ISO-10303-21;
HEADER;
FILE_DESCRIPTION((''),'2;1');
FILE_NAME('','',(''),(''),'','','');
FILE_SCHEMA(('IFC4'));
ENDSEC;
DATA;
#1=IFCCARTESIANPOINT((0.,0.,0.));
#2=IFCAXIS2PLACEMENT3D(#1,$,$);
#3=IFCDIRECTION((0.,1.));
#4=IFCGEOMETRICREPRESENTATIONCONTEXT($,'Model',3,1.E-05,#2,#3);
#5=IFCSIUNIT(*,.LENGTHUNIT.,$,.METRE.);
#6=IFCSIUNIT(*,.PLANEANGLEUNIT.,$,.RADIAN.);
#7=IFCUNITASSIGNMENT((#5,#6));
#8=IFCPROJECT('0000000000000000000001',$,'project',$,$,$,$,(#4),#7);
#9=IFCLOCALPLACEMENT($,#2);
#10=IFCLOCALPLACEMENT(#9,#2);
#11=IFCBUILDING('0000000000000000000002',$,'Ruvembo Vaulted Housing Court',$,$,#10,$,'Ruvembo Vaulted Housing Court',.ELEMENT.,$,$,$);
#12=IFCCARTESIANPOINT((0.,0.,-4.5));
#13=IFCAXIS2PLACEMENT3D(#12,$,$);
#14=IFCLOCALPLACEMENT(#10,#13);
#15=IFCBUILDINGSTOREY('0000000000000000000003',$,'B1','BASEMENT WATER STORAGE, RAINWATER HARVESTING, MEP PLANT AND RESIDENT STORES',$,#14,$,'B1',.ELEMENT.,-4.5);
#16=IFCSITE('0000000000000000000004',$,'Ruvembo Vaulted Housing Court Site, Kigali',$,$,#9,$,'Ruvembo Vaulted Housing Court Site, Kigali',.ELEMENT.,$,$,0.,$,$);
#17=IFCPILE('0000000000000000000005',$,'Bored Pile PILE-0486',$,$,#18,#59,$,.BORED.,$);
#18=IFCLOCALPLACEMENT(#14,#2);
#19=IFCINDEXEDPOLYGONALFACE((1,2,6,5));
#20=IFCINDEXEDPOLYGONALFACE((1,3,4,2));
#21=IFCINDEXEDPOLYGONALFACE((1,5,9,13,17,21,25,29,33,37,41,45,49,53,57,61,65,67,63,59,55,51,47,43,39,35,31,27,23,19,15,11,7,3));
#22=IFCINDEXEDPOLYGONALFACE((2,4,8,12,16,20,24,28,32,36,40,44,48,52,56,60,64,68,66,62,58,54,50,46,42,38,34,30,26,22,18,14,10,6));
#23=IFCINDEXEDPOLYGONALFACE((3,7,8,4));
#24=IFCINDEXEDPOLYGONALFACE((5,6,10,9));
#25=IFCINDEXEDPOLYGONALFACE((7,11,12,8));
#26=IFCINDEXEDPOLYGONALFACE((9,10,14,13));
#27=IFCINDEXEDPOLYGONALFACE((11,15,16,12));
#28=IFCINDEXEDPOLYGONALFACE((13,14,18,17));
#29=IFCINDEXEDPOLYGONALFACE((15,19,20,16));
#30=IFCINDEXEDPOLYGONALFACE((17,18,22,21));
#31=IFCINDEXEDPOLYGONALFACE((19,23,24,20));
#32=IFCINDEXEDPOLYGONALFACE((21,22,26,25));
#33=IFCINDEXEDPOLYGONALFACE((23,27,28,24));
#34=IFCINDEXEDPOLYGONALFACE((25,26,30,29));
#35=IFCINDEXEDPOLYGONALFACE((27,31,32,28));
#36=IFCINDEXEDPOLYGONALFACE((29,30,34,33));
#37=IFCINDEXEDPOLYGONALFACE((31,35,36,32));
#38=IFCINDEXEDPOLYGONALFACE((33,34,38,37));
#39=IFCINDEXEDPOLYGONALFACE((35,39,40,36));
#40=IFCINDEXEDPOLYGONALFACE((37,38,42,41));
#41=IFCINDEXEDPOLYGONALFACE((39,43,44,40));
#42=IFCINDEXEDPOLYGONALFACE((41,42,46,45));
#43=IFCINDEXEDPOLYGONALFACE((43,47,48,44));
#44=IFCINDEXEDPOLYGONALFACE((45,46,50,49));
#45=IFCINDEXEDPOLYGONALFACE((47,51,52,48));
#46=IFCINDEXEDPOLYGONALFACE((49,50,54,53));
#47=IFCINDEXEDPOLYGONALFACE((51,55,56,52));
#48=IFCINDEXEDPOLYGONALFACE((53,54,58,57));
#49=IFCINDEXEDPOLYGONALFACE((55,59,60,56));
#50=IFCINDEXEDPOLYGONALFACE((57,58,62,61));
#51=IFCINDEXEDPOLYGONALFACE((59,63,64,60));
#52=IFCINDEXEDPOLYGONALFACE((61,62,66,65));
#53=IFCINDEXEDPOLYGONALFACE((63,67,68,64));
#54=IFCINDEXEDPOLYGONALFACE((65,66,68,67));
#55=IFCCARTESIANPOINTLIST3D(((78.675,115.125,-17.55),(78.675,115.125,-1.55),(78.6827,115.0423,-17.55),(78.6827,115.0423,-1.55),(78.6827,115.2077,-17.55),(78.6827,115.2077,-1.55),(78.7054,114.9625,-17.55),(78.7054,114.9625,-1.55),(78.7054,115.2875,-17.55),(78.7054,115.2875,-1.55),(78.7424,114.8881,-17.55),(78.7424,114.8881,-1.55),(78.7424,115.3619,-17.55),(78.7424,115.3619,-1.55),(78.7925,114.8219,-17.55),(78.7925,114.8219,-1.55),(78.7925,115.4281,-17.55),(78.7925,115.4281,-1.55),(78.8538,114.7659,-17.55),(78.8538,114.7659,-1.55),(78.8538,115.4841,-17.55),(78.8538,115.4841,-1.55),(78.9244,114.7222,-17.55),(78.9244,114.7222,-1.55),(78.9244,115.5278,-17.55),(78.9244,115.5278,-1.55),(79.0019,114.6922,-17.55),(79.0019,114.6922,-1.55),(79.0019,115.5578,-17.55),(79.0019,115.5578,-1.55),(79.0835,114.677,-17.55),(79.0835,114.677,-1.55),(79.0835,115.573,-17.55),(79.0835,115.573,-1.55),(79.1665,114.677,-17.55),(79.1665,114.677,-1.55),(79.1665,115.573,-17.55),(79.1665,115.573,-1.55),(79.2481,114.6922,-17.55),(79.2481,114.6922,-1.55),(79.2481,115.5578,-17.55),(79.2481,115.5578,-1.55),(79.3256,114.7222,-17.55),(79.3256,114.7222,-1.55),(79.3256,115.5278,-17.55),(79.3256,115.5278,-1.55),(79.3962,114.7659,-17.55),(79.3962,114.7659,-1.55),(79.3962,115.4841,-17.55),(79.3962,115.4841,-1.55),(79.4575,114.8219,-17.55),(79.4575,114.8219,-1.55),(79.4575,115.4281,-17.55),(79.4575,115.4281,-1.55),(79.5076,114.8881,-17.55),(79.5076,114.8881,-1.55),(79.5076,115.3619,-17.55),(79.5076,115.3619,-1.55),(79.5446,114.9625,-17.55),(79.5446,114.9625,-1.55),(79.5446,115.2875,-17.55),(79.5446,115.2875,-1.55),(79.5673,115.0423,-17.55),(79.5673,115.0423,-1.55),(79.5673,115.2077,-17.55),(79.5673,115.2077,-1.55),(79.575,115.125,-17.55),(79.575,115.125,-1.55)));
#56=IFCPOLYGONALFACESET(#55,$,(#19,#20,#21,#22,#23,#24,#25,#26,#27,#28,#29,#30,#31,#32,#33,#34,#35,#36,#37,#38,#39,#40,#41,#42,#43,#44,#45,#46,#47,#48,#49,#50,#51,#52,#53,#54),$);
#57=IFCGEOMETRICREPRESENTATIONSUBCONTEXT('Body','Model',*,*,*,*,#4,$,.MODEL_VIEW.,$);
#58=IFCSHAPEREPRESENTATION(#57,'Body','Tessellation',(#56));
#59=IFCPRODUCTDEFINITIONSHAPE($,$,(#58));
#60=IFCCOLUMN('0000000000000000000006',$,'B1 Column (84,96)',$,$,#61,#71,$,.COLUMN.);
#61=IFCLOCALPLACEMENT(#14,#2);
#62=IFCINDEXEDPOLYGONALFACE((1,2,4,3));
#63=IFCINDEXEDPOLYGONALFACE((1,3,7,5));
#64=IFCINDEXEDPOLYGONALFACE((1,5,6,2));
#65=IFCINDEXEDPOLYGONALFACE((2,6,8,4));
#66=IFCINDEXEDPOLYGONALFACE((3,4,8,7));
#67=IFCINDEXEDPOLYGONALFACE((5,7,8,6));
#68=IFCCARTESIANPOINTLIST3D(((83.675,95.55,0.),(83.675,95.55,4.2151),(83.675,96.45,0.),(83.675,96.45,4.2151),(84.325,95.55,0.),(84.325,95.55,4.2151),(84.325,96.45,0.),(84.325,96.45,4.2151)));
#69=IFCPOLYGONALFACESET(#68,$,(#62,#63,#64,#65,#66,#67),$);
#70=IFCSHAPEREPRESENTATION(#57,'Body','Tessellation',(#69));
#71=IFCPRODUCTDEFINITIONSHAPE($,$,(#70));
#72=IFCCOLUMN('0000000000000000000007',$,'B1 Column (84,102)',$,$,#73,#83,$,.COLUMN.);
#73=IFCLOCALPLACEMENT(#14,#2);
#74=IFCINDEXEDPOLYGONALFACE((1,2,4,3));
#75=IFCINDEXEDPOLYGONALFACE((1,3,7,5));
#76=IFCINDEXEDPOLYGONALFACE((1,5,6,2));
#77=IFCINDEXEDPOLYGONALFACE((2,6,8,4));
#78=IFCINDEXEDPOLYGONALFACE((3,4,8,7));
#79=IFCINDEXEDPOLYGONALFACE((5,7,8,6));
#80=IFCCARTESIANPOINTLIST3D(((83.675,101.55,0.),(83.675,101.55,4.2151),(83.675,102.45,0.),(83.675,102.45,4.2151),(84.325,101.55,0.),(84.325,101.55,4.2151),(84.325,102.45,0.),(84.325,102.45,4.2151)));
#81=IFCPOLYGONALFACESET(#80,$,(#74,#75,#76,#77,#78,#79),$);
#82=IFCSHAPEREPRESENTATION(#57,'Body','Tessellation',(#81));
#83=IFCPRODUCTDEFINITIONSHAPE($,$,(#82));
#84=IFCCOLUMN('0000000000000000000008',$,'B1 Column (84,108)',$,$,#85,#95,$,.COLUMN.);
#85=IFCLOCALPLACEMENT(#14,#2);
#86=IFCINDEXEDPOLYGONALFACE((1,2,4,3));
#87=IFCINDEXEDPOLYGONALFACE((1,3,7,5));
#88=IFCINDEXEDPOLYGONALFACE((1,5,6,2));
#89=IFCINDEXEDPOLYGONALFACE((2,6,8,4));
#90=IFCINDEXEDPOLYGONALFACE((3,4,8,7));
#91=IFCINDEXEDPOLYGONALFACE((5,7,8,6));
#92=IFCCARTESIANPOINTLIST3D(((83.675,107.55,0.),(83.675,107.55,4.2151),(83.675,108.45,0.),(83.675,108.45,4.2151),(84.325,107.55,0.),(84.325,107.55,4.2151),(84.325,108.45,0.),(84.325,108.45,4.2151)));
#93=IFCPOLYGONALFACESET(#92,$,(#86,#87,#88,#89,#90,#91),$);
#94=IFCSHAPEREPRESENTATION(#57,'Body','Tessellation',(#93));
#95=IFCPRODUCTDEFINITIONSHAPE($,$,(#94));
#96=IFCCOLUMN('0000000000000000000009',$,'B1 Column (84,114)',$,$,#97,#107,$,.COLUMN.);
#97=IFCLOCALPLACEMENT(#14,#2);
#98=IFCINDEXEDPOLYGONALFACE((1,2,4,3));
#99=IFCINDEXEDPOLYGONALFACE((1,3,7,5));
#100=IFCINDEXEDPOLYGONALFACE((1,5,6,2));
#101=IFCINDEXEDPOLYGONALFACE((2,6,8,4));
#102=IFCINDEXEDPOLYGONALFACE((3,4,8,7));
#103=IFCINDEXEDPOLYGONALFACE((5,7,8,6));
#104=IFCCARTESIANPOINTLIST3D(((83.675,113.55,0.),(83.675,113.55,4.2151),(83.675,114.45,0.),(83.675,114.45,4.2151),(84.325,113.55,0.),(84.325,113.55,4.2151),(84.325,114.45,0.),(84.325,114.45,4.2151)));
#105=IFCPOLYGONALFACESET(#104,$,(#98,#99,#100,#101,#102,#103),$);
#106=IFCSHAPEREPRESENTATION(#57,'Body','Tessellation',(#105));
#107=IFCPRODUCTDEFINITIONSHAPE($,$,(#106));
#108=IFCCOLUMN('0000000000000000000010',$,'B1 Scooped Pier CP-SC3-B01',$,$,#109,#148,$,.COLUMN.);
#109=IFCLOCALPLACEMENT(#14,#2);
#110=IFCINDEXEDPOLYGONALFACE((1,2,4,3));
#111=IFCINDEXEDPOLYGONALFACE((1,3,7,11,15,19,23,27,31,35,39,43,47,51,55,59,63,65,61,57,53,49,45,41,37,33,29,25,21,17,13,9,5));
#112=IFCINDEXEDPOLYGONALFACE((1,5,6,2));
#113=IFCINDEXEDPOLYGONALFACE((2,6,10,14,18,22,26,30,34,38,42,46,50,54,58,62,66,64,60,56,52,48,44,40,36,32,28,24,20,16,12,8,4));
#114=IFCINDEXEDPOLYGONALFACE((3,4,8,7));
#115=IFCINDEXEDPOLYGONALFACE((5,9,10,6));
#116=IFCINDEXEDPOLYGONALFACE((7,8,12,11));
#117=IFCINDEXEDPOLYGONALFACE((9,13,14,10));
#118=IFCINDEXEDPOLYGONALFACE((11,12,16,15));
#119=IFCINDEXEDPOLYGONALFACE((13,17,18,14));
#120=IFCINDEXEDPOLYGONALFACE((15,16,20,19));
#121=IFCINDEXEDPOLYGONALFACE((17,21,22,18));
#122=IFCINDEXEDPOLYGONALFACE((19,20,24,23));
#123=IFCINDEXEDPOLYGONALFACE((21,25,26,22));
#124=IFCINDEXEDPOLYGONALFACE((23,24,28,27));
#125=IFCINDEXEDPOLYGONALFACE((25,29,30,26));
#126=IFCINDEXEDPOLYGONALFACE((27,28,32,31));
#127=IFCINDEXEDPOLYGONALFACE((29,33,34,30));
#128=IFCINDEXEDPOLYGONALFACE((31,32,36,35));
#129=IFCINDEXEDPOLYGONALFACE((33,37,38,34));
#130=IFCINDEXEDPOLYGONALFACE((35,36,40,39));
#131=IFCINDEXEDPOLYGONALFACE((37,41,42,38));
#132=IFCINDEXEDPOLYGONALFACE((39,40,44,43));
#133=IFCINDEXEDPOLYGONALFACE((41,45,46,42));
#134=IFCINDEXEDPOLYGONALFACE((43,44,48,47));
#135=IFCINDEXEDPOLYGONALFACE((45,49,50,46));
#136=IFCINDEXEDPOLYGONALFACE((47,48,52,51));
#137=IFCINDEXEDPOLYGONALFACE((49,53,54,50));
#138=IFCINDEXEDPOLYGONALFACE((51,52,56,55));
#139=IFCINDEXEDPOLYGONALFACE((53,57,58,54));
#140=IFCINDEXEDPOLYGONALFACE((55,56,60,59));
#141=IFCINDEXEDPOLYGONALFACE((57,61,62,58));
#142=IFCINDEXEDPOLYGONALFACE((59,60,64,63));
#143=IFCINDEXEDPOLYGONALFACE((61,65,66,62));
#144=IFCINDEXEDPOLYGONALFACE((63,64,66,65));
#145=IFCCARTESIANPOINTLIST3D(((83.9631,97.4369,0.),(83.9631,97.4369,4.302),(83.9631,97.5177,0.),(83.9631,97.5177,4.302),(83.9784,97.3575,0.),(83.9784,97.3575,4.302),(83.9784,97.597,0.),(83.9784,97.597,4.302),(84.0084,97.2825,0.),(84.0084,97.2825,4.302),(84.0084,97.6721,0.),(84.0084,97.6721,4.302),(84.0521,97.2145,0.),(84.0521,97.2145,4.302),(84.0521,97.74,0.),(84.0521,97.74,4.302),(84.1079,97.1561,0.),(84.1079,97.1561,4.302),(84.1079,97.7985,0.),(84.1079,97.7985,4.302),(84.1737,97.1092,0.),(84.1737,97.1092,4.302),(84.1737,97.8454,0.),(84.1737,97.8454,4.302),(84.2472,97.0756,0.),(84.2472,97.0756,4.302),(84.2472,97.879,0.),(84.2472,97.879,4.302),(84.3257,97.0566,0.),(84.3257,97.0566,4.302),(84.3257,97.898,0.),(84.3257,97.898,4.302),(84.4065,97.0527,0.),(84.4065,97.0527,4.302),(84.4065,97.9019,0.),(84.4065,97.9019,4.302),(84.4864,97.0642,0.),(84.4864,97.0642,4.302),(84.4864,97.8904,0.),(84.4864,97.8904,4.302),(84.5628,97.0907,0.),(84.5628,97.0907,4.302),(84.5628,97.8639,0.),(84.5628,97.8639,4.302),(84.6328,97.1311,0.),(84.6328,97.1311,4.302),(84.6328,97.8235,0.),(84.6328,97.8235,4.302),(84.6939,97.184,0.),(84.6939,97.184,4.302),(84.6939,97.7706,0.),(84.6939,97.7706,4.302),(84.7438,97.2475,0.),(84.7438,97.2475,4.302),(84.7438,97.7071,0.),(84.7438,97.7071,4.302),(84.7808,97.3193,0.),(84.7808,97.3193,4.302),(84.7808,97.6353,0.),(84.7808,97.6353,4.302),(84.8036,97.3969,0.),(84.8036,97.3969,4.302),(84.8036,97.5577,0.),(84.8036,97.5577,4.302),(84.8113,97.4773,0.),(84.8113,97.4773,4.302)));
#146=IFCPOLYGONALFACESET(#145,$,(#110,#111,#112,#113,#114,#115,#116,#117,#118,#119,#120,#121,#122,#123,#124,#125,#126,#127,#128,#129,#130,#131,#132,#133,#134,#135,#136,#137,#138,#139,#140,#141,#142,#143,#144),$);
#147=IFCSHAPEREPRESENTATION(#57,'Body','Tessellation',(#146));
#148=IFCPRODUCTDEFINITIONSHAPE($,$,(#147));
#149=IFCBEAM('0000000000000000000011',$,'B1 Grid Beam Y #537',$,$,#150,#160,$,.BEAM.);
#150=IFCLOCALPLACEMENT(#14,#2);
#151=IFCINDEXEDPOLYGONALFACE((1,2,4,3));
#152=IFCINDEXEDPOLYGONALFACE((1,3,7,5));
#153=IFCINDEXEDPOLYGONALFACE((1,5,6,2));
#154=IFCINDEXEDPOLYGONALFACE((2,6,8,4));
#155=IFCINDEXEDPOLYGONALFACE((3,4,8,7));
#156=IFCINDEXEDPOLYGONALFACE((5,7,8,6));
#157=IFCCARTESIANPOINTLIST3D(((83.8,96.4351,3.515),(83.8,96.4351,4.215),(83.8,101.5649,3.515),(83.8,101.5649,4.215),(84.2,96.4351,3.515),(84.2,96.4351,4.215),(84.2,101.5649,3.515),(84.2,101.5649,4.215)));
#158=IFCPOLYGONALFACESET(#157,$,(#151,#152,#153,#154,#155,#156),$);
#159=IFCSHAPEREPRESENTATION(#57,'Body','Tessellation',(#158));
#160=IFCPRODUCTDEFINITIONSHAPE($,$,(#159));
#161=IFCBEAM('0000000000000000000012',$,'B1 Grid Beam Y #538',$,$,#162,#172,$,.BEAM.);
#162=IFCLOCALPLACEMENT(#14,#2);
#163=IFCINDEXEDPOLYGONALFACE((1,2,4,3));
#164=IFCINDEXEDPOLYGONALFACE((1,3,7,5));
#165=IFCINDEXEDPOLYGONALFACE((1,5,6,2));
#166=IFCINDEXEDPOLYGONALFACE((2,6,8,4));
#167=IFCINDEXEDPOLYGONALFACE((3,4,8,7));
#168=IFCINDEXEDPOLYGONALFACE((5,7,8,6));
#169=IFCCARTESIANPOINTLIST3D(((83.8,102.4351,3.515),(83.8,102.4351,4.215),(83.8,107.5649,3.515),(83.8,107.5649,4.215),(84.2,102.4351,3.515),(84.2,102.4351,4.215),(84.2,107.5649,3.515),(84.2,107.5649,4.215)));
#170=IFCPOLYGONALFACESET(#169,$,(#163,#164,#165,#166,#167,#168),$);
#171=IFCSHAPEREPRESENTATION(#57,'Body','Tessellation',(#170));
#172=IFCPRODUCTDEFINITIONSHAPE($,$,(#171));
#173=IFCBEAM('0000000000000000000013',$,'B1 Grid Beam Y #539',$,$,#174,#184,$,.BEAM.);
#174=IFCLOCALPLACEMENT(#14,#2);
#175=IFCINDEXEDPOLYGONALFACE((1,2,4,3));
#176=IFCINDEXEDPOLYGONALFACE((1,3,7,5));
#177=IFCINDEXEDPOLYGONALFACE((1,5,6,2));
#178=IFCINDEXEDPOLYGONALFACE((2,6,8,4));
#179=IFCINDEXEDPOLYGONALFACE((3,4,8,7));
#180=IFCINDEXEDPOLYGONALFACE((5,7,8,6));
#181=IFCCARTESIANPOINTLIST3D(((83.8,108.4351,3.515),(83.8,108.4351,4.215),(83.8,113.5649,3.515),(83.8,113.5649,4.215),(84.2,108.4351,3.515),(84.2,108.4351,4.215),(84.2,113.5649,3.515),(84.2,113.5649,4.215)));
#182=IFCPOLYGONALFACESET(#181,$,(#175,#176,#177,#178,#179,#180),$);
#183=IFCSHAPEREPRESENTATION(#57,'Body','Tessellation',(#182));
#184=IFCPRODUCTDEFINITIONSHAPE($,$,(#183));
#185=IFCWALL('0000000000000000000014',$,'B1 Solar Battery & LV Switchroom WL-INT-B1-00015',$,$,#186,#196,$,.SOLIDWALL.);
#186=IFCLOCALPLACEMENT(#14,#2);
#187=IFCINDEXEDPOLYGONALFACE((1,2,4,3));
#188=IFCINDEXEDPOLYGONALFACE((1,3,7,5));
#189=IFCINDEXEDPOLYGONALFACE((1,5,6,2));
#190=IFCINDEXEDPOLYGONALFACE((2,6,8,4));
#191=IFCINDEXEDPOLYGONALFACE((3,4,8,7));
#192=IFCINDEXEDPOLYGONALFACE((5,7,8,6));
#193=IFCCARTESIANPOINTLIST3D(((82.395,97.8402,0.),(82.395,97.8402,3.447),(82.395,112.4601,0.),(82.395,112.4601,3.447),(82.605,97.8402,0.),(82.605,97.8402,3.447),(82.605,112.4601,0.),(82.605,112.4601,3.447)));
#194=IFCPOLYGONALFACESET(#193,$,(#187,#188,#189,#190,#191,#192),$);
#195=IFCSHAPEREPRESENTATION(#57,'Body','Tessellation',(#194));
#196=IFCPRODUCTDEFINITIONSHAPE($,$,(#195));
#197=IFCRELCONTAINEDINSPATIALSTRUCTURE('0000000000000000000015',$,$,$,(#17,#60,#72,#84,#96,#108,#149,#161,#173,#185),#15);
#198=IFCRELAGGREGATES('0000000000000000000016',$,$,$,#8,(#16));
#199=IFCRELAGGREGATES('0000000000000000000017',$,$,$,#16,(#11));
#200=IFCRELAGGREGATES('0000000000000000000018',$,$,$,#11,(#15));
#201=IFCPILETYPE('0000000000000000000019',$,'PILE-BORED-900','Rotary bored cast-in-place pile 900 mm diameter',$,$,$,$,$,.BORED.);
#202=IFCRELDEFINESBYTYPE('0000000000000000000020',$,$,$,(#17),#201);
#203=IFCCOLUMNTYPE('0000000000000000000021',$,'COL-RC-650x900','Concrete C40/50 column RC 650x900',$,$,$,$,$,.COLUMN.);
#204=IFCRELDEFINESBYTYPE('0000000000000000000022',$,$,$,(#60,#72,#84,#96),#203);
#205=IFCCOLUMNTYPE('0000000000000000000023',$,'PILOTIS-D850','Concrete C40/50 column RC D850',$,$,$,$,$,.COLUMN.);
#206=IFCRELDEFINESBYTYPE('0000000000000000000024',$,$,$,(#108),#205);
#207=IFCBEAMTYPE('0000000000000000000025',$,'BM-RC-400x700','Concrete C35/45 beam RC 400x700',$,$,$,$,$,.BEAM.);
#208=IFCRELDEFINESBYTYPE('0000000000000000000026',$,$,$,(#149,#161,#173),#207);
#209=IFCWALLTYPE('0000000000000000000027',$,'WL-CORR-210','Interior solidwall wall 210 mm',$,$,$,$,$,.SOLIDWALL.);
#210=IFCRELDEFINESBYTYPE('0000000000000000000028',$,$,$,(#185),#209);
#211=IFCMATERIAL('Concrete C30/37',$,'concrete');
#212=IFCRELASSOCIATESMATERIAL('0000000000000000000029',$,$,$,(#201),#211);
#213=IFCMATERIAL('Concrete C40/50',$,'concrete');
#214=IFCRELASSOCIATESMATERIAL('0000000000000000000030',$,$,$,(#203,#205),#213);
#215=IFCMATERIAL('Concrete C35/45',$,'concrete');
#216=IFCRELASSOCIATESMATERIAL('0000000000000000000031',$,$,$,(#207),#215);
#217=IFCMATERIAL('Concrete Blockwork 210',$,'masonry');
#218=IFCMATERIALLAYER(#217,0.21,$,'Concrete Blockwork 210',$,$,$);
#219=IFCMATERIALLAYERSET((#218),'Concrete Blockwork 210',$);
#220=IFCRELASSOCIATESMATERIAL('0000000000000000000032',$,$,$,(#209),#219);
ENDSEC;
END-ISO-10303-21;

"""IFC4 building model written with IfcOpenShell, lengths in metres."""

from ifc_helpers import new_model, si_unit, direction, frame, frame_2d, origin, origin_2d, place, context, subcontext, project, spatial, rectangle, circle, extrude, material, layer, layer_set, material_profile, profile_set, type_object, element, save


model = new_model("IFC4")

# Units and contexts
model_context = context("Model", 3, precision=1e-05, world=origin(), true_north=direction((0.0, 1.0)))
body_context = subcontext(model_context, "Body", "Model", "MODEL_VIEW")
ifc_project = project(units=[si_unit("LENGTHUNIT", "METRE"), si_unit("PLANEANGLEUNIT", "RADIAN")], contexts=[model_context])

# Site, building, storey
site_placement = place(None, origin())
site = spatial("IfcSite", under=ifc_project, at=site_placement, Name="Ruvembo Vaulted Housing Court Site, Kigali", LongName="Ruvembo Vaulted Housing Court Site, Kigali", CompositionType="ELEMENT", RefElevation=0.0)
building_placement = place(site_placement, origin())
building = spatial("IfcBuilding", under=site, at=building_placement, Name="Ruvembo Vaulted Housing Court", LongName="Ruvembo Vaulted Housing Court", CompositionType="ELEMENT")
storey_placement = place(building_placement, frame((0.0, 0.0, -4.5)))
storey = spatial("IfcBuildingStorey", under=building, at=storey_placement, Name="B1", Description="BASEMENT WATER STORAGE, RAINWATER HARVESTING, MEP PLANT AND RESIDENT STORES", LongName="B1", CompositionType="ELEMENT", Elevation=-4.5)

# Shared definitions
ifc_material_1 = material(Name="Concrete C35/45", Category="concrete")

# Pile
ifc_material_2 = material(Name="Concrete C30/37", Category="concrete")
ifc_material_profile_1 = material_profile(ifc_material_2, circle(Radius=0.45, at=origin_2d()), Name="PILE D900")
ifc_profile_set_1 = profile_set([ifc_material_profile_1], Name="Concrete C30/37")
pile_type_1 = type_object("IfcPileType", Name="PILE-BORED-900", Description="Rotary bored cast-in-place pile 900 mm diameter", PredefinedType="BORED", material=ifc_profile_set_1)
for number, where, z_axis, x_axis, name in (
    (1, (79.125, 115.125, -1.55), (0.0, 0.0, -1.0), (1.0, 0.0, 0.0), "Bored Pile PILE-0486"),
):
    element("IfcPile", number, at=place(storey_placement, frame(where, z_axis=z_axis, x_axis=x_axis)), inside=storey, type_object=pile_type_1, Name=name, PredefinedType="BORED", context=body_context, shape_type="SweptSolid", body=[
        extrude(circle(Radius=0.45, at=origin_2d()), origin(), (0.0, 0.0, 1.0), 16.0),
    ])

# Columns
ifc_material_3 = material(Name="Concrete C40/50", Category="concrete")
ifc_material_profile_2 = material_profile(ifc_material_3, rectangle(XDim=0.6499, YDim=0.8999, at=origin_2d()), Name="RC 650x900")
ifc_profile_set_2 = profile_set([ifc_material_profile_2], Name="Concrete C40/50")
column_type_1 = type_object("IfcColumnType", Name="COL-RC-650x900", Description="Concrete C40/50 column RC 650x900", PredefinedType="COLUMN", material=ifc_profile_set_2)
for number, where, z_axis, x_axis, name in (
    (2, (84.0, 96.0, 0.0), (0.0, 0.0, 1.0), (1.0, 0.0, 0.0), "B1 Column (84,96)"),
    (3, (84.0, 102.0, 0.0), (0.0, 0.0, 1.0), (1.0, 0.0, 0.0), "B1 Column (84,102)"),
    (4, (84.0, 108.0, 0.0), (0.0, 0.0, 1.0), (1.0, 0.0, 0.0), "B1 Column (84,108)"),
    (5, (84.0, 114.0, 0.0), (0.0, 0.0, 1.0), (1.0, 0.0, 0.0), "B1 Column (84,114)"),
):
    element("IfcColumn", number, at=place(storey_placement, frame(where, z_axis=z_axis, x_axis=x_axis)), inside=storey, type_object=column_type_1, Name=name, PredefinedType="COLUMN", context=body_context, shape_type="SweptSolid", body=[
        extrude(rectangle(XDim=0.6499, YDim=0.8999, at=origin_2d()), origin(), (0.0, 0.0, 1.0), 4.2151),
    ])
ifc_material_profile_3 = material_profile(ifc_material_3, circle(Radius=0.425, at=origin_2d()), Name="RC D850")
ifc_profile_set_3 = profile_set([ifc_material_profile_3], Name="Concrete C40/50")
column_type_2 = type_object("IfcColumnType", Name="PILOTIS-D850", Description="Concrete C40/50 column RC D850", PredefinedType="COLUMN", material=ifc_profile_set_3)
column_placement = place(storey_placement, frame((84.3862, 97.4773, 0.0), z_axis=(0.0, 0.0, 1.0), x_axis=(1.0, 0.0, 0.0)))
element("IfcColumn", 6, at=column_placement, inside=storey, type_object=column_type_2, Name="B1 Scooped Pier CP-SC3-B01", PredefinedType="COLUMN", context=body_context, shape_type="SweptSolid", body=[
    extrude(circle(Radius=0.425, at=origin_2d()), origin(), (0.0, 0.0, 1.0), 4.302),
])

# Beams
ifc_material_profile_4 = material_profile(ifc_material_1, rectangle(XDim=0.3999, YDim=0.7, at=origin_2d()), Name="RC 400x700")
ifc_profile_set_4 = profile_set([ifc_material_profile_4], Name="Concrete C35/45")
beam_type = type_object("IfcBeamType", Name="BM-RC-400x700", Description="Concrete C35/45 beam RC 400x700", PredefinedType="BEAM", material=ifc_profile_set_4)
for number, where, z_axis, x_axis, name in (
    (7, (84.0, 96.4351, 3.865), (0.0, 1.0, 0.0), (-1.0, 0.0, 0.0), "B1 Grid Beam Y #537"),
    (8, (84.0, 102.4351, 3.865), (0.0, 1.0, 0.0), (-1.0, 0.0, 0.0), "B1 Grid Beam Y #538"),
    (9, (84.0, 108.4351, 3.865), (0.0, 1.0, 0.0), (-1.0, 0.0, 0.0), "B1 Grid Beam Y #539"),
):
    element("IfcBeam", number, at=place(storey_placement, frame(where, z_axis=z_axis, x_axis=x_axis)), inside=storey, type_object=beam_type, Name=name, PredefinedType="BEAM", context=body_context, shape_type="SweptSolid", body=[
        extrude(rectangle(XDim=0.3999, YDim=0.7, at=origin_2d()), origin(), (0.0, 0.0, 1.0), 5.1299),
    ])

# Wall
ifc_material_4 = material(Name="Concrete Blockwork 210", Category="masonry")
ifc_layer = layer(ifc_material_4, 0.21, Name="Concrete Blockwork 210")
ifc_layer_set = layer_set([ifc_layer], Name="Concrete Blockwork 210")
wall_type = type_object("IfcWallType", Name="WL-CORR-210", Description="Interior solidwall wall 210 mm", PredefinedType="SOLIDWALL", material=ifc_layer_set)
wall_1_placement = place(storey_placement, frame((82.5, 97.8401, 0.0), z_axis=(0.0, 0.0, 1.0), x_axis=(0.0, 1.0, 0.0)))
element("IfcWall", 10, at=wall_1_placement, inside=storey, type_object=wall_type, Name="B1 Solar Battery & LV Switchroom WL-INT-B1-00015", PredefinedType="SOLIDWALL", context=body_context, shape_type="SweptSolid", body=[
    extrude(rectangle(XDim=14.6199, YDim=0.21, at=frame_2d((7.3101, 0.0))), origin(), (0.0, 0.0, 1.0), 3.447),
])

save(model, "model.ifc")
